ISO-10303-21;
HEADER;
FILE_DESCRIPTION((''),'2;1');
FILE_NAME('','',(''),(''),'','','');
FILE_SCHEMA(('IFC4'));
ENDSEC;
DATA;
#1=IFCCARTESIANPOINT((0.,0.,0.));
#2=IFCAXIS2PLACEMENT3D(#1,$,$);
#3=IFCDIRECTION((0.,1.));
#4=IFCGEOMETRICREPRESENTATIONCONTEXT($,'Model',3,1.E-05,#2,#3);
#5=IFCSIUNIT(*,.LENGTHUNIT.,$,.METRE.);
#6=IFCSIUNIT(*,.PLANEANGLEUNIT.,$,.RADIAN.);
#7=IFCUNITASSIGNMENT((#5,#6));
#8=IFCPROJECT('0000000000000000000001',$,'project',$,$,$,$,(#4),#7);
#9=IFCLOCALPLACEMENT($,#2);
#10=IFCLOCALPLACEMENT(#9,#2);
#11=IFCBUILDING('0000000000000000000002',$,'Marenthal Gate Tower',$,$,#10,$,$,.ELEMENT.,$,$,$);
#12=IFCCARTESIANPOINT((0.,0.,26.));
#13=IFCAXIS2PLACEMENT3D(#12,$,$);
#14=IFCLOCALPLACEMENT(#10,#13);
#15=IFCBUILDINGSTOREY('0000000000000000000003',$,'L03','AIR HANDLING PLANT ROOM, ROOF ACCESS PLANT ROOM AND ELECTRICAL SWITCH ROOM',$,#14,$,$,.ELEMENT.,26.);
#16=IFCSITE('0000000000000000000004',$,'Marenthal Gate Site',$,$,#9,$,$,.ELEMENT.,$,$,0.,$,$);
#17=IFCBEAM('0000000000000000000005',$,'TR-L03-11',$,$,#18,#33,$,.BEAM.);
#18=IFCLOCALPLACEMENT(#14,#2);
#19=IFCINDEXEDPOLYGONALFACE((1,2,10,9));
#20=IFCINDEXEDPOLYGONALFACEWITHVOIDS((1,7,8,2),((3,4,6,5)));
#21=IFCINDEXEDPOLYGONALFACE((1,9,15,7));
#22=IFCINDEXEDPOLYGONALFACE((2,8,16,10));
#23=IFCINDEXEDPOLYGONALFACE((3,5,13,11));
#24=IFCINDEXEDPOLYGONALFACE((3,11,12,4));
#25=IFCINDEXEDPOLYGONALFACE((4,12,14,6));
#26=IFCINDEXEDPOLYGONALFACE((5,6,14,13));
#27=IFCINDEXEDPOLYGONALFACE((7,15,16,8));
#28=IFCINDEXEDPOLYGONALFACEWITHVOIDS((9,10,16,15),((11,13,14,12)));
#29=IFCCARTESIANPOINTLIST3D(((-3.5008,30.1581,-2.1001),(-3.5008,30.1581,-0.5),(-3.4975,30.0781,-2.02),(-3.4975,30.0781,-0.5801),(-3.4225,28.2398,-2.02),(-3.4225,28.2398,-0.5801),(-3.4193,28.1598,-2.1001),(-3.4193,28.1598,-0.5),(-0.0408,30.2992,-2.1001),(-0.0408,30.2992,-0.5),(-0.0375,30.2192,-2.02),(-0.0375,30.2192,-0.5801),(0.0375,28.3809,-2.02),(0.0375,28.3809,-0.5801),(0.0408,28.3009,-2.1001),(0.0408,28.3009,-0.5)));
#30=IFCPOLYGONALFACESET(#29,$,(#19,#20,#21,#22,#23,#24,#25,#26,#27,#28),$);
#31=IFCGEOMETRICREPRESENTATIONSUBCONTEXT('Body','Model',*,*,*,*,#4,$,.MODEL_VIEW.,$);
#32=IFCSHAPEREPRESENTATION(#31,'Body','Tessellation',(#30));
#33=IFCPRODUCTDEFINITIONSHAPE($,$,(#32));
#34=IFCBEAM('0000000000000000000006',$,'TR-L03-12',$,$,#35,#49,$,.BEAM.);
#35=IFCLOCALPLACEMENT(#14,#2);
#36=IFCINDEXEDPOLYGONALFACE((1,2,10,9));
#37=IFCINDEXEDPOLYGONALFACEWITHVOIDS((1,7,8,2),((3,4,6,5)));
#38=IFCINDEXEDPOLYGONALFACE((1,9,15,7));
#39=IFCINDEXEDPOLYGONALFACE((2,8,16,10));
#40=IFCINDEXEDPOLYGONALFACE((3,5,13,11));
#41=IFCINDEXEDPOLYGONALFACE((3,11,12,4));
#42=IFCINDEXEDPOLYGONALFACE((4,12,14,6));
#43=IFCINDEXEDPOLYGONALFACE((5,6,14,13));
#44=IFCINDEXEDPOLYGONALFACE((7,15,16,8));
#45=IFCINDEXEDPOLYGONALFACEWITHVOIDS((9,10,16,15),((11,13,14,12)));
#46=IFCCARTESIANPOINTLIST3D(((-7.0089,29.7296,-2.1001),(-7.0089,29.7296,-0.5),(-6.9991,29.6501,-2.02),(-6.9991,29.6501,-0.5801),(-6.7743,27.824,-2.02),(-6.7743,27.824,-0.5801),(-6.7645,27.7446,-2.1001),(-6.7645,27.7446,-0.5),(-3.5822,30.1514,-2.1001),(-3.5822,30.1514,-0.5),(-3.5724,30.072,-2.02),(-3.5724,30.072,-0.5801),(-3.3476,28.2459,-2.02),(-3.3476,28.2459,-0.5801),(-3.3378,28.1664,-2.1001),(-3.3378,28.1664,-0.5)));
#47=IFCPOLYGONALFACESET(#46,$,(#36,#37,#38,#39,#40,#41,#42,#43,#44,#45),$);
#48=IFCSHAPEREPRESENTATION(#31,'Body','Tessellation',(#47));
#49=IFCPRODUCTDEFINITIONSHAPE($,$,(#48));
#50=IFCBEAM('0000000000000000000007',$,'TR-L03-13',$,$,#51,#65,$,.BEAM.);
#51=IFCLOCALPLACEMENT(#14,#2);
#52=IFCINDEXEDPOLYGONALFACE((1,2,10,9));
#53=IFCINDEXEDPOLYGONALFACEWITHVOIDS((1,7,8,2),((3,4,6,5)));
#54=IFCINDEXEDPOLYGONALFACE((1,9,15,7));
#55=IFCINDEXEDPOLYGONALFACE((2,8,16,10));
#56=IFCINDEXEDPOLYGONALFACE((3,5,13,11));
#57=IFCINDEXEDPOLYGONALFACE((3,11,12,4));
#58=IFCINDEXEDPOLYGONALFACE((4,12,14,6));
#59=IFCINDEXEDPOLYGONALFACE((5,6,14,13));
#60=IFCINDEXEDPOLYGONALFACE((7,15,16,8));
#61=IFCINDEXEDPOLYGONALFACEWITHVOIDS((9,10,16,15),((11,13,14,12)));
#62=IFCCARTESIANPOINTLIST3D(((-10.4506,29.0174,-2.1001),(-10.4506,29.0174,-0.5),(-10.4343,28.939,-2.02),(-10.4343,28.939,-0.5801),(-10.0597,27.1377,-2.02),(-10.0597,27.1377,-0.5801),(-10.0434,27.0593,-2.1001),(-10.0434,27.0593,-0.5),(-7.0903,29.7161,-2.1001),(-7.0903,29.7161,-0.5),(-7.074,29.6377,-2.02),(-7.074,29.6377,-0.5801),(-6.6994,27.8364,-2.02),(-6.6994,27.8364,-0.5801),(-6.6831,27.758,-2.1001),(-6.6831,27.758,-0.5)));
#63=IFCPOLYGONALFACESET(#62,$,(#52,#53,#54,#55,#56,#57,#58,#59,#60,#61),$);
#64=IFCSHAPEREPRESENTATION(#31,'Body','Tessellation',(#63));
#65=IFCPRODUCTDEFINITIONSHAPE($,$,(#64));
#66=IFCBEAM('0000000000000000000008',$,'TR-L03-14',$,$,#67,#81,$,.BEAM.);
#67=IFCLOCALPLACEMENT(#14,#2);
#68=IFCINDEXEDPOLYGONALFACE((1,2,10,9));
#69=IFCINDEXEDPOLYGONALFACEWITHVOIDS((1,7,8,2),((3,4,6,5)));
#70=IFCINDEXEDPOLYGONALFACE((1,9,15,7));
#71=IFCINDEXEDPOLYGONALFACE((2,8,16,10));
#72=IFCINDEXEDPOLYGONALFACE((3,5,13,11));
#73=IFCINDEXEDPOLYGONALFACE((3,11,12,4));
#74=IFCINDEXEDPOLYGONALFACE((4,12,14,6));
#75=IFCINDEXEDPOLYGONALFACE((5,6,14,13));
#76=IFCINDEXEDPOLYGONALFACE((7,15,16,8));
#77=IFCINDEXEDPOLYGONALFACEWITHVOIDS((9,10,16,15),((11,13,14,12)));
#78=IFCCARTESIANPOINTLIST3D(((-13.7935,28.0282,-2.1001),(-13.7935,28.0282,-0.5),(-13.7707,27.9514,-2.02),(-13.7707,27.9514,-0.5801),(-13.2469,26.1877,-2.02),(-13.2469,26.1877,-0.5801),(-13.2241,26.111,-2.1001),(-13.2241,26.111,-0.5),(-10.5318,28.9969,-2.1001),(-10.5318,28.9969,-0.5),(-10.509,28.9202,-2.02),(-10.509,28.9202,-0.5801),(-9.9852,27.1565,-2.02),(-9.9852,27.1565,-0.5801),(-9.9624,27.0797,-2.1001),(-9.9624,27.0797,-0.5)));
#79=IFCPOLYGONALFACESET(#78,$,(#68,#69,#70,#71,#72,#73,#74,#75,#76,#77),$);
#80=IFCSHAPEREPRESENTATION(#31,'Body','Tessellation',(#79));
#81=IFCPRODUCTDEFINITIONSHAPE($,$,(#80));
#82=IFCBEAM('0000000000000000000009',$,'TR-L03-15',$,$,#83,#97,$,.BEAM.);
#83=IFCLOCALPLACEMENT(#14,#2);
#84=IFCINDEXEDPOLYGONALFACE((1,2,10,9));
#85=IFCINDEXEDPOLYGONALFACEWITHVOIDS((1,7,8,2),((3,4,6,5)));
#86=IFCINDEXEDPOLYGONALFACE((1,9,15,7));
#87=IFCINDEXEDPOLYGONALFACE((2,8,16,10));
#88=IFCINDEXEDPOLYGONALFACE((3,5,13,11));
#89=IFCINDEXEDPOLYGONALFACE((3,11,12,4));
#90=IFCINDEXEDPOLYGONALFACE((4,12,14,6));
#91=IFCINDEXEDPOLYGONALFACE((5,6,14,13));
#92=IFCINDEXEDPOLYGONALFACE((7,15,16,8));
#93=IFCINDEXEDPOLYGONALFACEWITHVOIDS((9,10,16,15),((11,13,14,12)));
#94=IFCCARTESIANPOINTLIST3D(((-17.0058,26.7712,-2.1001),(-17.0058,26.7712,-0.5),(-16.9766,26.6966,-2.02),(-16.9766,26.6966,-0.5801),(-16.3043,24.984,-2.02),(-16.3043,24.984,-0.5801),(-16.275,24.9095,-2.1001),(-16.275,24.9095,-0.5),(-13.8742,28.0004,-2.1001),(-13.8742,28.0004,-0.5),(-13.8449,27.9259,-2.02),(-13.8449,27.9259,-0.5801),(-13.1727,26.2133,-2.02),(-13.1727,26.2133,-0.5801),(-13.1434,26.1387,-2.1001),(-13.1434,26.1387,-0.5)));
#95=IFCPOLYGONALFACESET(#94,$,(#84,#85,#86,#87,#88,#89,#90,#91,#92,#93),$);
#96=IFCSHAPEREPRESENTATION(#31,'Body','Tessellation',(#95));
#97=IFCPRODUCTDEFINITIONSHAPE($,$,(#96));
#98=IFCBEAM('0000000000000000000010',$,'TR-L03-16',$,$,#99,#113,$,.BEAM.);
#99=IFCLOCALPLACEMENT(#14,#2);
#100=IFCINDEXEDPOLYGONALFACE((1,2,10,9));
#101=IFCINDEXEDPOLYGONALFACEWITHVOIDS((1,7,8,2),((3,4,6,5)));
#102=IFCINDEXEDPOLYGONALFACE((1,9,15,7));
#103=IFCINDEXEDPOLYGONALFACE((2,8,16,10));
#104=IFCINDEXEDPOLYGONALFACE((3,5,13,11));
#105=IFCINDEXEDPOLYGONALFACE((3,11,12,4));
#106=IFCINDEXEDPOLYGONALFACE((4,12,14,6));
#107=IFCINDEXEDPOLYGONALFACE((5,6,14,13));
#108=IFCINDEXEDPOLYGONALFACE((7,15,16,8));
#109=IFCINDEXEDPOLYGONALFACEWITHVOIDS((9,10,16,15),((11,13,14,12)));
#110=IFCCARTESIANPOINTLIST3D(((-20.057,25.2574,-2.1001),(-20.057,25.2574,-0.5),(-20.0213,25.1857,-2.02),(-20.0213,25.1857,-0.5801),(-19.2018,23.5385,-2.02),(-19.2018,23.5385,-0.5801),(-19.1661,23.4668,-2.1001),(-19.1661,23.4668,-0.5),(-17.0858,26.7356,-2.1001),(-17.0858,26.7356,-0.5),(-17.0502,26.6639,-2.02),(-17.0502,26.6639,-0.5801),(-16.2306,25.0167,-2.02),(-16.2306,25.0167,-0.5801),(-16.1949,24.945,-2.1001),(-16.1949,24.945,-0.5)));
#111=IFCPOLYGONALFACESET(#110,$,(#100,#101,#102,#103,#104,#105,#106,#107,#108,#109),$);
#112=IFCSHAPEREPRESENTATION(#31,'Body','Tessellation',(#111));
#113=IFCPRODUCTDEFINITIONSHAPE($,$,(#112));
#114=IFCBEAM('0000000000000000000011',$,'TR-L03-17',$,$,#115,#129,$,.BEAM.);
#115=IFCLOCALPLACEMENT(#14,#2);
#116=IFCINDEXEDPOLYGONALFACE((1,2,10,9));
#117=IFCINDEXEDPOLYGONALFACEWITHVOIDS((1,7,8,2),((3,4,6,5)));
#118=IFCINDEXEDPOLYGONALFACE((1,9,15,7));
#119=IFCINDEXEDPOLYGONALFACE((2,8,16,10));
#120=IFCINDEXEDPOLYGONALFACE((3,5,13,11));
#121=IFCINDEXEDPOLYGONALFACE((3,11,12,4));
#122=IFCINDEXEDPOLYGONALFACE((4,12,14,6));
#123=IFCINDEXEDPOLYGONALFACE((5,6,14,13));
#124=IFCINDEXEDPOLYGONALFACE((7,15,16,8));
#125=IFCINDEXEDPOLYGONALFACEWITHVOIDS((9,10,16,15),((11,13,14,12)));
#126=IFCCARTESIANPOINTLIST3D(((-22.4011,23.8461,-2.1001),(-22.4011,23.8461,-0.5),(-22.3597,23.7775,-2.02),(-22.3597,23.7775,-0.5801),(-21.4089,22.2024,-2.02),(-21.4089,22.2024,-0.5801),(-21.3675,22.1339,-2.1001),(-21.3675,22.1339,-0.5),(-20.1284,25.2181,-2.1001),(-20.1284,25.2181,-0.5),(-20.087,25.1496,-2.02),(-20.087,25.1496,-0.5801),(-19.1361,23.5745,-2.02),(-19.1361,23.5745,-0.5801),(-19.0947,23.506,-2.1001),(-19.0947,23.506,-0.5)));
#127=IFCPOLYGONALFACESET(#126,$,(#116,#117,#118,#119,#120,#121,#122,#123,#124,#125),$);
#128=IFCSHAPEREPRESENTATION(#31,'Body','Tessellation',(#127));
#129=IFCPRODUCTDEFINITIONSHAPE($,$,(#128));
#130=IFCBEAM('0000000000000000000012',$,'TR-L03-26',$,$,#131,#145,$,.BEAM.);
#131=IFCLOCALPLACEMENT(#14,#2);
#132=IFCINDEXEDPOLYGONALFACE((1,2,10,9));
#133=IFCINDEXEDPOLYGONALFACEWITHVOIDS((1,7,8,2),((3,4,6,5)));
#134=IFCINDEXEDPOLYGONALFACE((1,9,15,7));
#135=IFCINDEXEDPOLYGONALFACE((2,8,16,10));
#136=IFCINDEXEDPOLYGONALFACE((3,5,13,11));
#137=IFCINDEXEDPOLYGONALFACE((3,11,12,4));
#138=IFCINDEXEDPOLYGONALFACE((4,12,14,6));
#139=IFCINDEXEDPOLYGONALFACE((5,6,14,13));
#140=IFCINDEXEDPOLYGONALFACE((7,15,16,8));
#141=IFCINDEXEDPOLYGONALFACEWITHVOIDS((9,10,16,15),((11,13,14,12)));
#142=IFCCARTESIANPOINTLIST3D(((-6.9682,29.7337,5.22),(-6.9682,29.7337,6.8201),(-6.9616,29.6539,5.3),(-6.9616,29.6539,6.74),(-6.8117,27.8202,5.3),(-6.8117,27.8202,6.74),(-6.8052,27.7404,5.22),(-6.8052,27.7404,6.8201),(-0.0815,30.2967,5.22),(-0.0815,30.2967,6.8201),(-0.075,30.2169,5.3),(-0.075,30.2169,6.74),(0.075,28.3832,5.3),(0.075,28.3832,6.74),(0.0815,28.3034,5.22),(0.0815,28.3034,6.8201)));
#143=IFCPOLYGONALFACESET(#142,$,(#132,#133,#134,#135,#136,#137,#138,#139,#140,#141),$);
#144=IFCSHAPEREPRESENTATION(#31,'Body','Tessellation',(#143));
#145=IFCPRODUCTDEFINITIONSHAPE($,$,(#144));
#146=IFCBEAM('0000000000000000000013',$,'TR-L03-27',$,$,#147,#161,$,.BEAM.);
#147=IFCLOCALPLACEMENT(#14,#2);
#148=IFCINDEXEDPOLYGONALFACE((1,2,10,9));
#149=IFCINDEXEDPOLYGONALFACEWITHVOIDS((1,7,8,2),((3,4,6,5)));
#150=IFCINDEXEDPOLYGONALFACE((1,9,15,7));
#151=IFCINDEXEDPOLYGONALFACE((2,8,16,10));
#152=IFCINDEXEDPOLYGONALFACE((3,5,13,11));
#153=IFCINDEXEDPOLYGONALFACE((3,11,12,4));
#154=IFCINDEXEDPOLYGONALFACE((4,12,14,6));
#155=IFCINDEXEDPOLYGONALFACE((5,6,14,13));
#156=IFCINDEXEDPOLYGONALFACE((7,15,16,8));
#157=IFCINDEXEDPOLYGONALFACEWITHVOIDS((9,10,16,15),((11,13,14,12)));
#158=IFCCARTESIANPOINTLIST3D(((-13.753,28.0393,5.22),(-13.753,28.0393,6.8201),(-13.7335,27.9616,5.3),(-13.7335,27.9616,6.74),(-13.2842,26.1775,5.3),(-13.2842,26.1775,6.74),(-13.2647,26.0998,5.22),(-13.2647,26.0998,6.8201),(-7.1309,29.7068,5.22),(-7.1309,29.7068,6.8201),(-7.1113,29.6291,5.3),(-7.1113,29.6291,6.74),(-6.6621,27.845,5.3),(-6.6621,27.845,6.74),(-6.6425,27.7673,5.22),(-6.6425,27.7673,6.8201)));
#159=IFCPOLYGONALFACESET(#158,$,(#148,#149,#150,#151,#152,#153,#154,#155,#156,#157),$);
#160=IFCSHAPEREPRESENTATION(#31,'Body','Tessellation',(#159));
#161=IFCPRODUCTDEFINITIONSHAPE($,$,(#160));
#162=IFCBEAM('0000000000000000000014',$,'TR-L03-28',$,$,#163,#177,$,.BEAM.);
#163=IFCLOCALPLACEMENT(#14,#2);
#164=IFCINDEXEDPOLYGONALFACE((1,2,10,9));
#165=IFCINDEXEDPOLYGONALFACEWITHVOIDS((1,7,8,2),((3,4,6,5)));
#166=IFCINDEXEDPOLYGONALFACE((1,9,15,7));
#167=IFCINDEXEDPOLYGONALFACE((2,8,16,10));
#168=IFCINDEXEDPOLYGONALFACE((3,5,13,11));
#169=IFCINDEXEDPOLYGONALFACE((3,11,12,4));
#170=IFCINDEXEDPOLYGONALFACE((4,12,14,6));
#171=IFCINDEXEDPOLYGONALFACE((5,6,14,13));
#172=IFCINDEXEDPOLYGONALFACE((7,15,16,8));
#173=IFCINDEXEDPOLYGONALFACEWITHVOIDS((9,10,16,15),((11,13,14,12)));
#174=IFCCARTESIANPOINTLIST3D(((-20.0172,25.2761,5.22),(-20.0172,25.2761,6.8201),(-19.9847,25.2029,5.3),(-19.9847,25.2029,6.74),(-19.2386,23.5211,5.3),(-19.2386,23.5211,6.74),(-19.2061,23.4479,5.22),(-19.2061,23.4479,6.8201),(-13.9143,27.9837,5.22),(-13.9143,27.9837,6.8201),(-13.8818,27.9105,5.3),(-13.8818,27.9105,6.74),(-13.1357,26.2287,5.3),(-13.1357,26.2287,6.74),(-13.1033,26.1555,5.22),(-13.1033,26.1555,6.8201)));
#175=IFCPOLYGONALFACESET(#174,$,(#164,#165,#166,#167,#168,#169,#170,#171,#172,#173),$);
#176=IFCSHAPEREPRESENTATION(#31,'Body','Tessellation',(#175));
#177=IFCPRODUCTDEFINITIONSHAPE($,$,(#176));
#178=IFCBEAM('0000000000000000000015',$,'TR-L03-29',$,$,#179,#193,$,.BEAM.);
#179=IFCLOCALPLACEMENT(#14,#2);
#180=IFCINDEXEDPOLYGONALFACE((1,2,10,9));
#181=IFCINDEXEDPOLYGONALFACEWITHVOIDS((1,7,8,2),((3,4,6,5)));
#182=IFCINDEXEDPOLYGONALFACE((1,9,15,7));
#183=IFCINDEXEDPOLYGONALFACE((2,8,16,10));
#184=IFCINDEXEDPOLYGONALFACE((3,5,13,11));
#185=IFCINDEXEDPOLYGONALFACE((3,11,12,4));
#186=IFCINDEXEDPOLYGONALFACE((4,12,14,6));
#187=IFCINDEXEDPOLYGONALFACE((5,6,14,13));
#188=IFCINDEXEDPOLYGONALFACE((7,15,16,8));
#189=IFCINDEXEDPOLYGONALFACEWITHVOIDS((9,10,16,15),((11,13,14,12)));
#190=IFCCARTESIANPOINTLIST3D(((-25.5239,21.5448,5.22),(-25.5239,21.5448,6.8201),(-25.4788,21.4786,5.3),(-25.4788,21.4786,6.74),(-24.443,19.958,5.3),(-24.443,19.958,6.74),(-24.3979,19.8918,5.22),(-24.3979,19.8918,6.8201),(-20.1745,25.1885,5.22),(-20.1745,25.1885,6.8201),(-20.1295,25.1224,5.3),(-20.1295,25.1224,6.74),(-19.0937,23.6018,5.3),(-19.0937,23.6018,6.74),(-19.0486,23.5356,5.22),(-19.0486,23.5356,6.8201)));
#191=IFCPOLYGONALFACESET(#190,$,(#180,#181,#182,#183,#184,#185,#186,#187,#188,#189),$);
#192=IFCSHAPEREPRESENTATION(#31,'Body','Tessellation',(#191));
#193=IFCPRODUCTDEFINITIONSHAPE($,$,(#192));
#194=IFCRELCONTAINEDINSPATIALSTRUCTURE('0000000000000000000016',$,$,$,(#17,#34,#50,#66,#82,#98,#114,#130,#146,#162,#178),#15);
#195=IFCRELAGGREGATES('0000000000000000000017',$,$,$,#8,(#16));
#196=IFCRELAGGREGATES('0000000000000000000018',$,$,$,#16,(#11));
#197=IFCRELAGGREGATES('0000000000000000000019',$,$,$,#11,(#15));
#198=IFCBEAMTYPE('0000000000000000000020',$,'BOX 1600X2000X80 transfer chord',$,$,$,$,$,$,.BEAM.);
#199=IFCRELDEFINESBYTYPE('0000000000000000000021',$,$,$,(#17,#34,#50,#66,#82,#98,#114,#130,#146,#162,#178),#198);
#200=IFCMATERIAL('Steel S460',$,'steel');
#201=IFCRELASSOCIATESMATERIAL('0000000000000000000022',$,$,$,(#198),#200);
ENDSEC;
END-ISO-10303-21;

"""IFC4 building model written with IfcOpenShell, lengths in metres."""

from ifc_helpers import new_model, si_unit, direction, frame, origin, origin_2d, place, context, subcontext, project, spatial, hollow_rectangle, extrude, material, material_profile, profile_set, type_object, element, save


model = new_model("IFC4")

# Units and contexts
model_context = context("Model", 3, precision=1e-05, world=origin(), true_north=direction((0.0, 1.0)))
body_context = subcontext(model_context, "Body", "Model", "MODEL_VIEW")
ifc_project = project(units=[si_unit("LENGTHUNIT", "METRE"), si_unit("PLANEANGLEUNIT", "RADIAN")], contexts=[model_context])

# Site, building, storey
site_placement = place(None, origin())
site = spatial("IfcSite", under=ifc_project, at=site_placement, Name="Marenthal Gate Site", CompositionType="ELEMENT", RefElevation=0.0)
building_placement = place(site_placement, origin())
building = spatial("IfcBuilding", under=site, at=building_placement, Name="Marenthal Gate Tower", CompositionType="ELEMENT")
storey_placement = place(building_placement, frame((0.0, 0.0, 26.0)))
storey = spatial("IfcBuildingStorey", under=building, at=storey_placement, Name="L03", Description="AIR HANDLING PLANT ROOM, ROOF ACCESS PLANT ROOM AND ELECTRICAL SWITCH ROOM", CompositionType="ELEMENT", Elevation=26.0)

# Beams
ifc_material_1 = material(Name="Steel S460", Category="steel")
ifc_material_profile_1 = material_profile(ifc_material_1, hollow_rectangle(XDim=2.0, YDim=1.6001, WallThickness=0.0801, at=origin_2d()), Name="BOX 1600X2000X80")
ifc_profile_set_1 = profile_set([ifc_material_profile_1], Name="Steel S460")
beam_type_1 = type_object("IfcBeamType", Name="BOX 1600X2000X80 transfer chord", PredefinedType="BEAM", material=ifc_profile_set_1)
beam_1_placement = place(storey_placement, frame((0.0, 29.3, -1.3), z_axis=(-0.999169, -0.040751, 0.0), x_axis=(0.040751, -0.999169, 0.0)))
element("IfcBeam", 1, at=beam_1_placement, inside=storey, type_object=beam_type_1, Name="TR-L03-11", PredefinedType="BEAM", context=body_context, shape_type="SweptSolid", body=[
    extrude(hollow_rectangle(XDim=2.0, YDim=1.6001, WallThickness=0.0801, at=origin_2d()), origin(), (0.0, 0.0, 1.0), 3.4629),
])
beam_2_placement = place(storey_placement, frame((-3.46, 29.1589, -1.3), z_axis=(-0.992507, -0.122189, 0.0), x_axis=(0.122189, -0.992507, 0.0)))
element("IfcBeam", 2, at=beam_2_placement, inside=storey, type_object=beam_type_1, Name="TR-L03-12", PredefinedType="BEAM", context=body_context, shape_type="SweptSolid", body=[
    extrude(hollow_rectangle(XDim=2.0, YDim=1.6001, WallThickness=0.0801, at=origin_2d()), origin(), (0.0, 0.0, 1.0), 3.4526),
])
beam_3_placement = place(storey_placement, frame((-6.8867, 28.7371, -1.3), z_axis=(-0.979058, -0.203579, 0.0), x_axis=(0.203579, -0.979058, 0.0)))
element("IfcBeam", 3, at=beam_3_placement, inside=storey, type_object=beam_type_1, Name="TR-L03-13", PredefinedType="BEAM", context=body_context, shape_type="SweptSolid", body=[
    extrude(hollow_rectangle(XDim=2.0, YDim=1.6001, WallThickness=0.0801, at=origin_2d()), origin(), (0.0, 0.0, 1.0), 3.4321),
])
beam_4_placement = place(storey_placement, frame((-10.2471, 28.0383, -1.3), z_axis=(-0.958613, -0.284714, 0.0), x_axis=(0.284714, -0.958613, 0.0)))
element("IfcBeam", 4, at=beam_4_placement, inside=storey, type_object=beam_type_1, Name="TR-L03-14", PredefinedType="BEAM", context=body_context, shape_type="SweptSolid", body=[
    extrude(hollow_rectangle(XDim=2.0, YDim=1.6001, WallThickness=0.0801, at=origin_2d()), origin(), (0.0, 0.0, 1.0), 3.4026),
])
beam_5_placement = place(storey_placement, frame((-13.5088, 27.0696, -1.3), z_axis=(-0.930855, -0.36539, 0.0), x_axis=(0.36539, -0.930855, 0.0)))
element("IfcBeam", 5, at=beam_5_placement, inside=storey, type_object=beam_type_1, Name="TR-L03-15", PredefinedType="BEAM", context=body_context, shape_type="SweptSolid", body=[
    extrude(hollow_rectangle(XDim=2.0, YDim=1.6001, WallThickness=0.0801, at=origin_2d()), origin(), (0.0, 0.0, 1.0), 3.3643),
])
beam_6_placement = place(storey_placement, frame((-16.6404, 25.8403, -1.3), z_axis=(-0.895308, -0.445447, 0.0), x_axis=(0.445447, -0.895308, 0.0)))
element("IfcBeam", 6, at=beam_6_placement, inside=storey, type_object=beam_type_1, Name="TR-L03-16", PredefinedType="BEAM", context=body_context, shape_type="SweptSolid", body=[
    extrude(hollow_rectangle(XDim=2.0, YDim=1.6001, WallThickness=0.0801, at=origin_2d()), origin(), (0.0, 0.0, 1.0), 3.3186),
])
beam_7_placement = place(storey_placement, frame((-19.6116, 24.3621, -1.3), z_axis=(-0.856086, -0.516833, 0.0), x_axis=(0.516833, -0.856086, 0.0)))
element("IfcBeam", 7, at=beam_7_placement, inside=storey, type_object=beam_type_1, Name="TR-L03-17", PredefinedType="BEAM", context=body_context, shape_type="SweptSolid", body=[
    extrude(hollow_rectangle(XDim=2.0, YDim=1.6001, WallThickness=0.0801, at=origin_2d()), origin(), (0.0, 0.0, 1.0), 2.6548),
])
beam_8_placement = place(storey_placement, frame((0.0, 29.3, 6.02), z_axis=(-0.996675, -0.081478, 0.0), x_axis=(0.081478, -0.996675, 0.0)))
element("IfcBeam", 8, at=beam_8_placement, inside=storey, type_object=beam_type_1, Name="TR-L03-26", PredefinedType="BEAM", context=body_context, shape_type="SweptSolid", body=[
    extrude(hollow_rectangle(XDim=2.0, YDim=1.6001, WallThickness=0.0801, at=origin_2d()), origin(), (0.0, 0.0, 1.0), 6.9097),
])
beam_9_placement = place(storey_placement, frame((-6.8867, 28.7371, 6.02), z_axis=(-0.969729, -0.244184, 0.0), x_axis=(0.244184, -0.969729, 0.0)))
element("IfcBeam", 9, at=beam_9_placement, inside=storey, type_object=beam_type_1, Name="TR-L03-27", PredefinedType="BEAM", context=body_context, shape_type="SweptSolid", body=[
    extrude(hollow_rectangle(XDim=2.0, YDim=1.6001, WallThickness=0.0801, at=origin_2d()), origin(), (0.0, 0.0, 1.0), 6.8289),
])
beam_10_placement = place(storey_placement, frame((-13.5088, 27.0696, 6.02), z_axis=(-0.91408, -0.405534, 0.0), x_axis=(0.405534, -0.91408, 0.0)))
element("IfcBeam", 10, at=beam_10_placement, inside=storey, type_object=beam_type_1, Name="TR-L03-28", PredefinedType="BEAM", context=body_context, shape_type="SweptSolid", body=[
    extrude(hollow_rectangle(XDim=2.0, YDim=1.6001, WallThickness=0.0801, at=origin_2d()), origin(), (0.0, 0.0, 1.0), 6.6765),
])
beam_11_placement = place(storey_placement, frame((-19.6116, 24.3621, 6.02), z_axis=(-0.826479, -0.562968, 0.0), x_axis=(0.562968, -0.826479, 0.0)))
element("IfcBeam", 11, at=beam_11_placement, inside=storey, type_object=beam_type_1, Name="TR-L03-29", PredefinedType="BEAM", context=body_context, shape_type="SweptSolid", body=[
    extrude(hollow_rectangle(XDim=2.0, YDim=1.6001, WallThickness=0.0801, at=origin_2d()), origin(), (0.0, 0.0, 1.0), 6.4724),
])

save(model, "model.ifc")
